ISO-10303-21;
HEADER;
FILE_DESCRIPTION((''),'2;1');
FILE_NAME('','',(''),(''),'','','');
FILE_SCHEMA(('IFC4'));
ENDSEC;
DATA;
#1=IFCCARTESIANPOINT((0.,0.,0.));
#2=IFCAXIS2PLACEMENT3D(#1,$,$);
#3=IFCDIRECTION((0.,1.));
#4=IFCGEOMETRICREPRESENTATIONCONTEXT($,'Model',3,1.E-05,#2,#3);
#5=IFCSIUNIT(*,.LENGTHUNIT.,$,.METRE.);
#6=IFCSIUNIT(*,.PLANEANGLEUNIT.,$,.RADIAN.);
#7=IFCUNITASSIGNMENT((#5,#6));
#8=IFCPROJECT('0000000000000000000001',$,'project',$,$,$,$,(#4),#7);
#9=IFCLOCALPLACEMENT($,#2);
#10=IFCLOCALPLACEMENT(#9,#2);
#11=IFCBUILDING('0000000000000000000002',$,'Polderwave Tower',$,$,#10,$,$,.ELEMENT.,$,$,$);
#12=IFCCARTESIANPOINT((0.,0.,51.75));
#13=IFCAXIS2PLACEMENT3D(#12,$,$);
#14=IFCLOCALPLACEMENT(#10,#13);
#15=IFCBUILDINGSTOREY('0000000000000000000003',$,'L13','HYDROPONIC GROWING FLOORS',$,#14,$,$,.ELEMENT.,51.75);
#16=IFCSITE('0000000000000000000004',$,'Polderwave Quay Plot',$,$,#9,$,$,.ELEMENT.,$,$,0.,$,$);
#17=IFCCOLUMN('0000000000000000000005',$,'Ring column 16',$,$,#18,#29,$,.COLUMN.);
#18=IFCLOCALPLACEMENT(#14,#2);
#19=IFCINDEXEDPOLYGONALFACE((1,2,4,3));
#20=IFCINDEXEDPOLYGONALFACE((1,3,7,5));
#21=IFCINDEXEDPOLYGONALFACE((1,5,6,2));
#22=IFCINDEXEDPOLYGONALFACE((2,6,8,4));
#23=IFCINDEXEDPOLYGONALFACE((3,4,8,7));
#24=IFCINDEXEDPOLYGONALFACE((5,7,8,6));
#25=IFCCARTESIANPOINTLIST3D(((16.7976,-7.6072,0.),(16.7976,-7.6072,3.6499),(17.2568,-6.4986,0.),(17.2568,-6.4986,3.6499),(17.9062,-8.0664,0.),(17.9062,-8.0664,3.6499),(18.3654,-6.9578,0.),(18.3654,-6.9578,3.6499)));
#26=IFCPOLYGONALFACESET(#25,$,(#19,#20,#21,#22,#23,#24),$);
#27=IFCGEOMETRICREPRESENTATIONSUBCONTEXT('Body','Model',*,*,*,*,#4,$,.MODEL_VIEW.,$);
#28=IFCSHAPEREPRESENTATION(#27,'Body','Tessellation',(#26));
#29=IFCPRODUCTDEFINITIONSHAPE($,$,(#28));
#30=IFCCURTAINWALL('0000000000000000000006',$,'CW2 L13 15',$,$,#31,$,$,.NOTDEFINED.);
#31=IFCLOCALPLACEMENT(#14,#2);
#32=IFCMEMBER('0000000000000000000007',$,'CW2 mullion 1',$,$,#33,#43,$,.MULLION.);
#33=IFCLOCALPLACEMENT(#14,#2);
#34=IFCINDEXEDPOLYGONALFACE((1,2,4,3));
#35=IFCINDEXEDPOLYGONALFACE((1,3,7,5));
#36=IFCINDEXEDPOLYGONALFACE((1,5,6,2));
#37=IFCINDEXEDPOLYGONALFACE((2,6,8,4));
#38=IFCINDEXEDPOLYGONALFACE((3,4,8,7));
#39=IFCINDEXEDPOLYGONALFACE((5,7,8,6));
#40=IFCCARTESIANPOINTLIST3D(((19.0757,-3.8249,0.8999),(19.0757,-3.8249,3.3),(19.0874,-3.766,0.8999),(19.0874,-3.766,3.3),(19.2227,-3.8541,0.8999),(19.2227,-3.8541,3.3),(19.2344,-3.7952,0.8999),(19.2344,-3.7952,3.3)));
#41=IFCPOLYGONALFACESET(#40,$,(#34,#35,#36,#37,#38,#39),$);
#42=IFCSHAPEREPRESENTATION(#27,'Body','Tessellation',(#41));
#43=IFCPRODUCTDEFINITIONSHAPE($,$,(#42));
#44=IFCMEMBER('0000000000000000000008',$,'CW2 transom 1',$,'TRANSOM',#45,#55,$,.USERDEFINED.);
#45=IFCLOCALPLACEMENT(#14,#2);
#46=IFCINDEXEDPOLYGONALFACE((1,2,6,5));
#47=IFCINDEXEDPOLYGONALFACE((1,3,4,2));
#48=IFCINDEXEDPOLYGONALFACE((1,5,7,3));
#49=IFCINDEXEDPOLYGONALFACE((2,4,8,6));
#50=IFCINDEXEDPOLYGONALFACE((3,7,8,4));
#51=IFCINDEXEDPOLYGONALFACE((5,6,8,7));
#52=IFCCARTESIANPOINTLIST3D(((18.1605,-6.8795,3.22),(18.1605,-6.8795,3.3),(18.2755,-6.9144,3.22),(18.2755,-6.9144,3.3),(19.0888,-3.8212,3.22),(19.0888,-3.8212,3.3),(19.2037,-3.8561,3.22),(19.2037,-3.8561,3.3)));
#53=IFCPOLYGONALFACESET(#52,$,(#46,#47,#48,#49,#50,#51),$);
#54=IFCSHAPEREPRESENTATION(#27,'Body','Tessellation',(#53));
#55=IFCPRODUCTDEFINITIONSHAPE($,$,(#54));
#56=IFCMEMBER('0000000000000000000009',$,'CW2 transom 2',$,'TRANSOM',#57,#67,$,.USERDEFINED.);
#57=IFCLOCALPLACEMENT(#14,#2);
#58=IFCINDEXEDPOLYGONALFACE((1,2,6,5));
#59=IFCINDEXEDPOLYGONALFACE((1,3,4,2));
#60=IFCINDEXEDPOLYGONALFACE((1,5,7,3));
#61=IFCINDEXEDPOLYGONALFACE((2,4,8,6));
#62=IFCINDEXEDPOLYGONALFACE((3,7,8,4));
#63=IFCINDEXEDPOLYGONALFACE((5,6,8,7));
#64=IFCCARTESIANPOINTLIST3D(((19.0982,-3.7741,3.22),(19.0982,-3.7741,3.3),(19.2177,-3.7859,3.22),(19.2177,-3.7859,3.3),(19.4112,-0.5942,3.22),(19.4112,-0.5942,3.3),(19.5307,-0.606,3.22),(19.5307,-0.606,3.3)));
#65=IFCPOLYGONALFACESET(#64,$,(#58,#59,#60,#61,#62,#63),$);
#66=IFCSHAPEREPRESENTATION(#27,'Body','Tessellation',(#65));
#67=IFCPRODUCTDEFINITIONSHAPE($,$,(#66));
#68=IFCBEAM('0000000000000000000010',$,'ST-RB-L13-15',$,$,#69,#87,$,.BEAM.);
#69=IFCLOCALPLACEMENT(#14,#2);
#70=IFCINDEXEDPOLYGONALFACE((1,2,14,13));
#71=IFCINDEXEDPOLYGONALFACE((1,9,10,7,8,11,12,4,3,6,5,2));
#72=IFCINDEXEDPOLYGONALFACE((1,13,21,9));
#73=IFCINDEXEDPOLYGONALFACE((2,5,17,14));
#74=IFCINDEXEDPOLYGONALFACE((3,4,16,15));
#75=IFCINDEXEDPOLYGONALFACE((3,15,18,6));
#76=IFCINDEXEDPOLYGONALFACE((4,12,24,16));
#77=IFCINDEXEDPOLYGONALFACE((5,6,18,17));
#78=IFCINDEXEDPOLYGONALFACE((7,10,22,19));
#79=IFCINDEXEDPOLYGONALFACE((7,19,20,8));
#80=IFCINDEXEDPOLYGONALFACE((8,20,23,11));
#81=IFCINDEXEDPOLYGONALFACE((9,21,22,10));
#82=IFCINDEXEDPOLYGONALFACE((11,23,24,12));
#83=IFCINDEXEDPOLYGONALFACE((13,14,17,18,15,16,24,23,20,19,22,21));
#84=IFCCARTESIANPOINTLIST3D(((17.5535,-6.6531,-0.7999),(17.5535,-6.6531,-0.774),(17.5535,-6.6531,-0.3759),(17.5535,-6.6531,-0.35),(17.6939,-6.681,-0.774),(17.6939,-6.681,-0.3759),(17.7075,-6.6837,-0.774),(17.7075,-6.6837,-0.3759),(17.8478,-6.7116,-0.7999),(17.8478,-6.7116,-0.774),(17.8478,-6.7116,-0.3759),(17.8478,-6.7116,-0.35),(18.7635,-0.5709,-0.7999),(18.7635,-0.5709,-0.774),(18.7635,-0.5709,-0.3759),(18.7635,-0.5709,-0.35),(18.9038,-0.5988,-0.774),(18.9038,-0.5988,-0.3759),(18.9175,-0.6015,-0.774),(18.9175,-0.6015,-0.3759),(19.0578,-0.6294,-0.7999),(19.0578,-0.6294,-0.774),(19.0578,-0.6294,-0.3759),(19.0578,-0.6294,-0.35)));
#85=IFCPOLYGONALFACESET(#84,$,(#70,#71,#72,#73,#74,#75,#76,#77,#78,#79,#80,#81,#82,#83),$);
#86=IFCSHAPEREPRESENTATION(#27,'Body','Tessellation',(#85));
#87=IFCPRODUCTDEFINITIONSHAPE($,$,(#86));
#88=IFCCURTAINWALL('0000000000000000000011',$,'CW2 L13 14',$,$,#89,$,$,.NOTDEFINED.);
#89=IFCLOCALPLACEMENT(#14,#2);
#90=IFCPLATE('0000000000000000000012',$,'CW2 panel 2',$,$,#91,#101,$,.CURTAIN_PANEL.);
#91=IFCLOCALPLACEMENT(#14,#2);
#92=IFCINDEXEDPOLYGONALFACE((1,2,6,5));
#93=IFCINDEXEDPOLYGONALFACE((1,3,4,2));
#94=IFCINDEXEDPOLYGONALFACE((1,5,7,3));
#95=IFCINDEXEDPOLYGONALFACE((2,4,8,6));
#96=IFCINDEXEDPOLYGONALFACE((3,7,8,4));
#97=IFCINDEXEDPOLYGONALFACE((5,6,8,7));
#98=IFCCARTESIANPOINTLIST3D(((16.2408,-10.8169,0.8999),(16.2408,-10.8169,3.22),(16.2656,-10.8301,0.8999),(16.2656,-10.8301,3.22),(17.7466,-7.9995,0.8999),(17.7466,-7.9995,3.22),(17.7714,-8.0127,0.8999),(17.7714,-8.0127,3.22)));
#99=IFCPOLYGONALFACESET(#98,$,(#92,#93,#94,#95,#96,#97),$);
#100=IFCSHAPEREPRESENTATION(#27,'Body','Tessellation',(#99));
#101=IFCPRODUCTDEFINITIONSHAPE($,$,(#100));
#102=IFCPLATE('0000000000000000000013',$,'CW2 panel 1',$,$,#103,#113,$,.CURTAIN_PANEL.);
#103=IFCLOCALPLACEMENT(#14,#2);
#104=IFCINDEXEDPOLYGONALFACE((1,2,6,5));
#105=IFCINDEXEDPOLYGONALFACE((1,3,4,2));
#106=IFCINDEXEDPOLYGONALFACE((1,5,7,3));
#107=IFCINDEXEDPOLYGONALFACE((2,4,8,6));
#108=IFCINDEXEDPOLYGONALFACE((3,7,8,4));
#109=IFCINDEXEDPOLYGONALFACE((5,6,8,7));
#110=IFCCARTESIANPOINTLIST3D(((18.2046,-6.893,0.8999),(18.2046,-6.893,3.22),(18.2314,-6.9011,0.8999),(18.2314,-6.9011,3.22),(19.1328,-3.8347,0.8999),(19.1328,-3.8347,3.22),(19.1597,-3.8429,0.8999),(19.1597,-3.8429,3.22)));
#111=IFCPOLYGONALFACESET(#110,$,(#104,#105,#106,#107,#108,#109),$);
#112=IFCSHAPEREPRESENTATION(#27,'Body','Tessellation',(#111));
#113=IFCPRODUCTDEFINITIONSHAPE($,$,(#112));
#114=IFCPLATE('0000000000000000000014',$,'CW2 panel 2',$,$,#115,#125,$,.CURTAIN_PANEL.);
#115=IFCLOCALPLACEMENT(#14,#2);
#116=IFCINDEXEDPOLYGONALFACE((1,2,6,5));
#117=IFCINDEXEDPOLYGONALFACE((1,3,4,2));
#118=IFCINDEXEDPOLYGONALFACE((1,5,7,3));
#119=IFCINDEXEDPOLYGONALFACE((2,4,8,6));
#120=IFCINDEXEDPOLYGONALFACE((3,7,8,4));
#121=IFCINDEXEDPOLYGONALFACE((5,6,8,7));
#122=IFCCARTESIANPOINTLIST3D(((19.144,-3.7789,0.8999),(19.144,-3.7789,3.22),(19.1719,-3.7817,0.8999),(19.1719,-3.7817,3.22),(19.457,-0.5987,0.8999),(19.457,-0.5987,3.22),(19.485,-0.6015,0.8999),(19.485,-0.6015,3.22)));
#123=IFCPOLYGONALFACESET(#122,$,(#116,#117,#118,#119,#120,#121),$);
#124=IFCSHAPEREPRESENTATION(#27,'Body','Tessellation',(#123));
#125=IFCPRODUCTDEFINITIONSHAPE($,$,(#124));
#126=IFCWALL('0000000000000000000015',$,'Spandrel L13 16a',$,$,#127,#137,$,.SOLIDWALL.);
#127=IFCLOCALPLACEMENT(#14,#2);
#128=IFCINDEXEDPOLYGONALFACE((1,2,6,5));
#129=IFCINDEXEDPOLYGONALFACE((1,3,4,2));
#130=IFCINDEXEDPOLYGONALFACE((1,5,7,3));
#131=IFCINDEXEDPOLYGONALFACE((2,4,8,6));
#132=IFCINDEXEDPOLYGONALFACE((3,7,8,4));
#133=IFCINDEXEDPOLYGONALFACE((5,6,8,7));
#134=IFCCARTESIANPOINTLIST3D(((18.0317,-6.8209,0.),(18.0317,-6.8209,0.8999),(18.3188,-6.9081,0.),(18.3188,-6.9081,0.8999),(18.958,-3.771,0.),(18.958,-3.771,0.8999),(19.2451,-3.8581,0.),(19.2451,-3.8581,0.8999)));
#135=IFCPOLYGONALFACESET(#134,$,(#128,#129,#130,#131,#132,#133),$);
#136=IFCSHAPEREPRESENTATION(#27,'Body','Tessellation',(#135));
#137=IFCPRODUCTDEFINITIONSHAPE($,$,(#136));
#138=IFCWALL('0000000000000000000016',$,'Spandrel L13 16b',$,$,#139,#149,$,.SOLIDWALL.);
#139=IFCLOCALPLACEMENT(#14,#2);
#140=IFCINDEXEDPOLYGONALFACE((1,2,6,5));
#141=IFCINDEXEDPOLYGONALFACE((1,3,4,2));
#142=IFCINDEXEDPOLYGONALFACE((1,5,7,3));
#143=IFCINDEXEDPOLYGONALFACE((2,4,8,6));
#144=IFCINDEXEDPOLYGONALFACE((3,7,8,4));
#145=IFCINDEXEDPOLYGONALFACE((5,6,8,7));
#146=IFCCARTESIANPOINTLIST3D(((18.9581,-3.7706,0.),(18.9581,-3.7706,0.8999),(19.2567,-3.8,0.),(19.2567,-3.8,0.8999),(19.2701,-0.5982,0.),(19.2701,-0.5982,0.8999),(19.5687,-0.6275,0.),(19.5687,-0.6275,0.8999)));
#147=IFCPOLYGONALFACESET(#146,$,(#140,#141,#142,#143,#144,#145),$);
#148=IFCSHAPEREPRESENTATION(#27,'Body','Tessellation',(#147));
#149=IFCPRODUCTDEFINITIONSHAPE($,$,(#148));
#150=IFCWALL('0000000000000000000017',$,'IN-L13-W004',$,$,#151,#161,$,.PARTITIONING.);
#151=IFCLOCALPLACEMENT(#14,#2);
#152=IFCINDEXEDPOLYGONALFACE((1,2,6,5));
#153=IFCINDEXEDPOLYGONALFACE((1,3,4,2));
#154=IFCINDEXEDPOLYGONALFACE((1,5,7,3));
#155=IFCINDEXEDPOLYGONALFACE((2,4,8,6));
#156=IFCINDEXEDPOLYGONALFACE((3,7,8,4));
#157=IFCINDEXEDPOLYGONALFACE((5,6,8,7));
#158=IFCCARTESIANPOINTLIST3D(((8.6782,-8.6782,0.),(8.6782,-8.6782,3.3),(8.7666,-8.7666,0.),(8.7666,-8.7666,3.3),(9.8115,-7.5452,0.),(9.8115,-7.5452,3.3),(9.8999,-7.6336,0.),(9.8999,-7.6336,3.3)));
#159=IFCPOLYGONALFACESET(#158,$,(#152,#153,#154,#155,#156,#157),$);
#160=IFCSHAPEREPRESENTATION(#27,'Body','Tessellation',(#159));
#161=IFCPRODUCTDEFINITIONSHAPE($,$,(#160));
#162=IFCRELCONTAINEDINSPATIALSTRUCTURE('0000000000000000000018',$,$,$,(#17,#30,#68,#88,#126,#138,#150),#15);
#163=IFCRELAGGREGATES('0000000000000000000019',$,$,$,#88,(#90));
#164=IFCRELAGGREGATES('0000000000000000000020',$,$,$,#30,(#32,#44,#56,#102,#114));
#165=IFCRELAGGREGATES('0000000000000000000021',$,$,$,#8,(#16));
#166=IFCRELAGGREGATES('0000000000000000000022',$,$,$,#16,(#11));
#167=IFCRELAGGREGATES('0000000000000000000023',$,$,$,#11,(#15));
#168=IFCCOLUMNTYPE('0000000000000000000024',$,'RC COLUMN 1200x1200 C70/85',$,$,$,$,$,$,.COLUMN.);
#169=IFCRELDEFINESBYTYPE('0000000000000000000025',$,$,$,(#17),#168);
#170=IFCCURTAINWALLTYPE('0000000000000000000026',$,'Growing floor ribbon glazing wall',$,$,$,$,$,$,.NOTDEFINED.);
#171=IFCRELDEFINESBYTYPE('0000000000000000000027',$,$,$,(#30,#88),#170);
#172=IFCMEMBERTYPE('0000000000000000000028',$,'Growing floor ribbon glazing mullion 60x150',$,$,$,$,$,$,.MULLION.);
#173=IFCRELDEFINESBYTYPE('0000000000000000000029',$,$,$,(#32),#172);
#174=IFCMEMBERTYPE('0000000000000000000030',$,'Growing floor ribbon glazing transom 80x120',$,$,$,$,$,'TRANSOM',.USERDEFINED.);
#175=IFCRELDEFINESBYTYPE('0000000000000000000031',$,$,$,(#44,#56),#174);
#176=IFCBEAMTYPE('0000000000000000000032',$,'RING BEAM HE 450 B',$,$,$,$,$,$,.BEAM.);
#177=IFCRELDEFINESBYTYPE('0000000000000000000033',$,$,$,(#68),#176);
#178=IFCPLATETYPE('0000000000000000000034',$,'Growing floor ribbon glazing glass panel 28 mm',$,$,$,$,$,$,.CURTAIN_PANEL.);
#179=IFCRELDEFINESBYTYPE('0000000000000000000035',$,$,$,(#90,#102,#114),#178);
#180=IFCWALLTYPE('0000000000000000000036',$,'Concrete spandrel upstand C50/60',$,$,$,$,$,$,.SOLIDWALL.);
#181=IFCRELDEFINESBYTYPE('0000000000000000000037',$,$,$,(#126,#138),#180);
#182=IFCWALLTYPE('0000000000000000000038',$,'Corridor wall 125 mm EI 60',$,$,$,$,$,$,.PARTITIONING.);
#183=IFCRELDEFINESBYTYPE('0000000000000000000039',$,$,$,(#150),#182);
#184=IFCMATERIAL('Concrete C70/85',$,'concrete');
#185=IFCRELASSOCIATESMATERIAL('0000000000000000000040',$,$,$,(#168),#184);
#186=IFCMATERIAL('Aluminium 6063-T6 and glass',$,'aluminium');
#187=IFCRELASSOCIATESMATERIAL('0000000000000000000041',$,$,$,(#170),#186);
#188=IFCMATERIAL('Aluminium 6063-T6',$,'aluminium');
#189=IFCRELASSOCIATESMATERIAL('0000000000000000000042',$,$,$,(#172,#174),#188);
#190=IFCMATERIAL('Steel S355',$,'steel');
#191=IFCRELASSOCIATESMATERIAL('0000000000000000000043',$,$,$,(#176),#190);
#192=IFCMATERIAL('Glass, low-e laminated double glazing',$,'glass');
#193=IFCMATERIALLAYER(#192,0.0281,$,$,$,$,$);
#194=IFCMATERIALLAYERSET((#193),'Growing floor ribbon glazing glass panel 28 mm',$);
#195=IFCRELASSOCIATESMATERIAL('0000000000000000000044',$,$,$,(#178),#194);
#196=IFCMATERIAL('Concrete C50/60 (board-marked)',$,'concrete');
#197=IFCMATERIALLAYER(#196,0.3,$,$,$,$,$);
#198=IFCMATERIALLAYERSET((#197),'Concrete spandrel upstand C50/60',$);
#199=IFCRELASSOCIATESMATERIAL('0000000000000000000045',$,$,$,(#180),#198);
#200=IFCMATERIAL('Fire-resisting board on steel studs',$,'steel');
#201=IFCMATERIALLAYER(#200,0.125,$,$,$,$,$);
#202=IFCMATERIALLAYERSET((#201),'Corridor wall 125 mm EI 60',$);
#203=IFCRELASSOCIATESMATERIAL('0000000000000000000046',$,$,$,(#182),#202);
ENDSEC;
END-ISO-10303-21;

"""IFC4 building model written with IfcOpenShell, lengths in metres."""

from ifc_helpers import new_model, si_unit, direction, frame, frame_2d, origin, origin_2d, place, context, subcontext, project, spatial, rectangle, i_section, extrude, material, layer, layer_set, material_profile, profile_set, type_object, element, aggregate, save


model = new_model("IFC4")

# Units and contexts
model_context = context("Model", 3, precision=1e-05, world=origin(), true_north=direction((0.0, 1.0)))
body_context = subcontext(model_context, "Body", "Model", "MODEL_VIEW")
ifc_project = project(units=[si_unit("LENGTHUNIT", "METRE"), si_unit("PLANEANGLEUNIT", "RADIAN")], contexts=[model_context])

# Site, building, storey
site_placement = place(None, origin())
site = spatial("IfcSite", under=ifc_project, at=site_placement, Name="Polderwave Quay Plot", CompositionType="ELEMENT", RefElevation=0.0)
building_placement = place(site_placement, origin())
building = spatial("IfcBuilding", under=site, at=building_placement, Name="Polderwave Tower", CompositionType="ELEMENT")
storey_placement = place(building_placement, frame((0.0, 0.0, 51.75)))
storey = spatial("IfcBuildingStorey", under=building, at=storey_placement, Name="L13", Description="HYDROPONIC GROWING FLOORS", CompositionType="ELEMENT", Elevation=51.75)

# Column
ifc_material_1 = material(Name="Concrete C70/85", Category="concrete")
ifc_material_profile_1 = material_profile(ifc_material_1, rectangle(XDim=1.2, YDim=1.2, at=origin_2d()), Name="RC 1200x1200")
ifc_profile_set_1 = profile_set([ifc_material_profile_1], Name="Concrete C70/85")
column_type = type_object("IfcColumnType", Name="RC COLUMN 1200x1200 C70/85", PredefinedType="COLUMN", material=ifc_profile_set_1)
column_placement = place(storey_placement, frame((17.5815, -7.2825, 0.0), z_axis=(0.0, 0.0, 1.0), x_axis=(0.92388, -0.382683, 0.0)))
element("IfcColumn", 1, at=column_placement, inside=storey, type_object=column_type, Name="Ring column 16", PredefinedType="COLUMN", context=body_context, shape_type="SweptSolid", body=[
    extrude(rectangle(XDim=1.2, YDim=1.2, at=origin_2d()), origin(), (0.0, 0.0, 1.0), 3.6499),
])

# Curtain wall, members
ifc_material_2 = material(Name="Aluminium 6063-T6 and glass", Category="aluminium")
curtain_wall_type = type_object("IfcCurtainWallType", Name="Growing floor ribbon glazing wall", PredefinedType="NOTDEFINED", material=ifc_material_2)
curtain_wall_1_placement = place(storey_placement, origin())
curtain_wall_1 = element("IfcCurtainWall", 2, at=curtain_wall_1_placement, inside=storey, type_object=curtain_wall_type, Name="CW2 L13 15", PredefinedType="NOTDEFINED")
ifc_material_3 = material(Name="Aluminium 6063-T6", Category="aluminium")
ifc_material_profile_2 = material_profile(ifc_material_3, rectangle(XDim=0.1499, YDim=0.0601, at=origin_2d()), Name="AL 60x150")
ifc_profile_set_2 = profile_set([ifc_material_profile_2], Name="Aluminium 6063-T6")
member_type_1 = type_object("IfcMemberType", Name="Growing floor ribbon glazing mullion 60x150", PredefinedType="MULLION", material=ifc_profile_set_2)
member_1_placement = place(storey_placement, frame((19.155, -3.8101, 0.8999), z_axis=(0.0, 0.0, 1.0), x_axis=(-0.980774, 0.195149, 0.0)))
member_1 = element("IfcMember", 3, at=member_1_placement, type_object=member_type_1, Name="CW2 mullion 1", PredefinedType="MULLION", context=body_context, shape_type="SweptSolid", body=[
    extrude(rectangle(XDim=0.1499, YDim=0.0601, at=origin_2d()), origin(), (0.0, 0.0, 1.0), 2.4001),
])
ifc_material_profile_3 = material_profile(ifc_material_3, rectangle(XDim=0.1201, YDim=0.0801, at=origin_2d()), Name="AL 80x120")
ifc_profile_set_3 = profile_set([ifc_material_profile_3], Name="Aluminium 6063-T6")
member_type_2 = type_object("IfcMemberType", Name="Growing floor ribbon glazing transom 80x120", ElementType="TRANSOM", PredefinedType="USERDEFINED", material=ifc_profile_set_3)
member_2_placement = place(storey_placement, frame((18.218, -6.897, 3.26), z_axis=(0.290423, 0.956898, 0.0), x_axis=(-0.956898, 0.290423, 0.0)))
member_2 = element("IfcMember", 4, at=member_2_placement, type_object=member_type_2, Name="CW2 transom 1", ObjectType="TRANSOM", PredefinedType="USERDEFINED", context=body_context, shape_type="SweptSolid", body=[
    extrude(rectangle(XDim=0.1201, YDim=0.0801, at=origin_2d()), origin(), (0.0, 0.0, 1.0), 3.196),
])
member_3_placement = place(storey_placement, frame((19.158, -3.78, 3.26), z_axis=(0.097953, 0.995191, 0.0), x_axis=(-0.995191, 0.097953, 0.0)))
member_3 = element("IfcMember", 5, at=member_3_placement, type_object=member_type_2, Name="CW2 transom 2", ObjectType="TRANSOM", PredefinedType="USERDEFINED", context=body_context, shape_type="SweptSolid", body=[
    extrude(rectangle(XDim=0.1201, YDim=0.0801, at=origin_2d()), origin(), (0.0, 0.0, 1.0), 3.1953),
])

# Beam
ifc_material_4 = material(Name="Steel S355", Category="steel")
ifc_material_profile_4 = material_profile(ifc_material_4, i_section(OverallWidth=0.3, OverallDepth=0.45, WebThickness=0.0139, FlangeThickness=0.0259, at=origin_2d()), Name="HE 450 B")
ifc_profile_set_4 = profile_set([ifc_material_profile_4], Name="Steel S355")
beam_type = type_object("IfcBeamType", Name="RING BEAM HE 450 B", PredefinedType="BEAM", material=ifc_profile_set_4)
beam_placement = place(storey_placement, frame((17.7007, -6.6824, -0.575), z_axis=(0.195109, 0.980782, 0.0), x_axis=(-0.980782, 0.195109, 0.0)))
element("IfcBeam", 6, at=beam_placement, inside=storey, type_object=beam_type, Name="ST-RB-L13-15", PredefinedType="BEAM", context=body_context, shape_type="SweptSolid", body=[
    extrude(i_section(OverallWidth=0.3, OverallDepth=0.45, WebThickness=0.0139, FlangeThickness=0.0259, at=origin_2d()), origin(), (0.0, 0.0, 1.0), 6.2014),
])

# Curtain wall, plate
curtain_wall_2_placement = place(storey_placement, origin())
curtain_wall_2 = element("IfcCurtainWall", 7, at=curtain_wall_2_placement, inside=storey, type_object=curtain_wall_type, Name="CW2 L13 14", PredefinedType="NOTDEFINED")
ifc_material_5 = material(Name="Glass, low-e laminated double glazing", Category="glass")
ifc_layer_1 = layer(ifc_material_5, 0.0281)
ifc_layer_set_1 = layer_set([ifc_layer_1], Name="Growing floor ribbon glazing glass panel 28 mm")
plate_type = type_object("IfcPlateType", Name="Growing floor ribbon glazing glass panel 28 mm", PredefinedType="CURTAIN_PANEL", material=ifc_layer_set_1)
plate_1_placement = place(storey_placement, frame((17.0061, -9.4148, 0.8999), z_axis=(0.0, 0.0, 1.0), x_axis=(0.471361, 0.88194, 0.0)))
plate_1 = element("IfcPlate", 8, at=plate_1_placement, type_object=plate_type, Name="CW2 panel 2", PredefinedType="CURTAIN_PANEL", context=body_context, shape_type="SweptSolid", body=[
    extrude(rectangle(XDim=3.1946, YDim=0.0281, at=origin_2d()), origin(), (0.0, 0.0, 1.0), 2.3201),
])
aggregate(curtain_wall_2, [plate_1])

# Plates
plate_2_placement = place(storey_placement, frame((18.6821, -5.3679, 0.8999), z_axis=(0.0, 0.0, 1.0), x_axis=(0.290447, 0.956891, 0.0)))
plate_2 = element("IfcPlate", 9, at=plate_2_placement, type_object=plate_type, Name="CW2 panel 1", PredefinedType="CURTAIN_PANEL", context=body_context, shape_type="SweptSolid", body=[
    extrude(rectangle(XDim=3.196, YDim=0.0281, at=origin_2d()), origin(), (0.0, 0.0, 1.0), 2.3201),
])
plate_3_placement = place(storey_placement, frame((19.3145, -2.1902, 0.8999), z_axis=(0.0, 0.0, 1.0), x_axis=(0.097969, 0.99519, 0.0)))
plate_3 = element("IfcPlate", 10, at=plate_3_placement, type_object=plate_type, Name="CW2 panel 2", PredefinedType="CURTAIN_PANEL", context=body_context, shape_type="SweptSolid", body=[
    extrude(rectangle(XDim=3.1956, YDim=0.0281, at=origin_2d()), origin(), (0.0, 0.0, 1.0), 2.3201),
])
aggregate(curtain_wall_1, [member_1, member_2, member_3, plate_2, plate_3])

# Walls
ifc_material_6 = material(Name="Concrete C50/60 (board-marked)", Category="concrete")
ifc_layer_2 = layer(ifc_material_6, 0.3)
ifc_layer_set_2 = layer_set([ifc_layer_2], Name="Concrete spandrel upstand C50/60")
wall_type_1 = type_object("IfcWallType", Name="Concrete spandrel upstand C50/60", PredefinedType="SOLIDWALL", material=ifc_layer_set_2)
wall_1_placement = place(storey_placement, frame((18.1753, -6.8645, 0.0), z_axis=(0.0, 0.0, 1.0), x_axis=(0.290586, 0.956849, 0.0)))
element("IfcWall", 11, at=wall_1_placement, inside=storey, type_object=wall_type_1, Name="Spandrel L13 16a", PredefinedType="SOLIDWALL", context=body_context, shape_type="SweptSolid", body=[
    extrude(rectangle(XDim=3.1875, YDim=0.3, at=frame_2d((1.5938, 0.0))), origin(), (0.0, 0.0, 1.0), 0.8999),
])
wall_2_placement = place(storey_placement, frame((19.1074, -3.7852, 0.0), z_axis=(0.0, 0.0, 1.0), x_axis=(0.097881, 0.995198, 0.0)))
element("IfcWall", 12, at=wall_2_placement, inside=storey, type_object=wall_type_1, Name="Spandrel L13 16b", PredefinedType="SOLIDWALL", context=body_context, shape_type="SweptSolid", body=[
    extrude(rectangle(XDim=3.1877, YDim=0.3, at=frame_2d((1.5938, 0.0))), origin(), (0.0, 0.0, 1.0), 0.8999),
])
ifc_material_7 = material(Name="Fire-resisting board on steel studs", Category="steel")
ifc_layer_3 = layer(ifc_material_7, 0.125)
ifc_layer_set_3 = layer_set([ifc_layer_3], Name="Corridor wall 125 mm EI 60")
wall_type_2 = type_object("IfcWallType", Name="Corridor wall 125 mm EI 60", PredefinedType="PARTITIONING", material=ifc_layer_set_3)
wall_3_placement = place(storey_placement, frame((9.8557, -7.5894, 0.0), z_axis=(0.0, 0.0, 1.0), x_axis=(-0.707183, -0.707031, 0.0)))
element("IfcWall", 13, at=wall_3_placement, inside=storey, type_object=wall_type_2, Name="IN-L13-W004", PredefinedType="PARTITIONING", context=body_context, shape_type="SweptSolid", body=[
    extrude(rectangle(XDim=1.6025, YDim=0.125, at=frame_2d((0.8013, 0.0))), origin(), (0.0, 0.0, 1.0), 3.3),
])

save(model, "model.ifc")
